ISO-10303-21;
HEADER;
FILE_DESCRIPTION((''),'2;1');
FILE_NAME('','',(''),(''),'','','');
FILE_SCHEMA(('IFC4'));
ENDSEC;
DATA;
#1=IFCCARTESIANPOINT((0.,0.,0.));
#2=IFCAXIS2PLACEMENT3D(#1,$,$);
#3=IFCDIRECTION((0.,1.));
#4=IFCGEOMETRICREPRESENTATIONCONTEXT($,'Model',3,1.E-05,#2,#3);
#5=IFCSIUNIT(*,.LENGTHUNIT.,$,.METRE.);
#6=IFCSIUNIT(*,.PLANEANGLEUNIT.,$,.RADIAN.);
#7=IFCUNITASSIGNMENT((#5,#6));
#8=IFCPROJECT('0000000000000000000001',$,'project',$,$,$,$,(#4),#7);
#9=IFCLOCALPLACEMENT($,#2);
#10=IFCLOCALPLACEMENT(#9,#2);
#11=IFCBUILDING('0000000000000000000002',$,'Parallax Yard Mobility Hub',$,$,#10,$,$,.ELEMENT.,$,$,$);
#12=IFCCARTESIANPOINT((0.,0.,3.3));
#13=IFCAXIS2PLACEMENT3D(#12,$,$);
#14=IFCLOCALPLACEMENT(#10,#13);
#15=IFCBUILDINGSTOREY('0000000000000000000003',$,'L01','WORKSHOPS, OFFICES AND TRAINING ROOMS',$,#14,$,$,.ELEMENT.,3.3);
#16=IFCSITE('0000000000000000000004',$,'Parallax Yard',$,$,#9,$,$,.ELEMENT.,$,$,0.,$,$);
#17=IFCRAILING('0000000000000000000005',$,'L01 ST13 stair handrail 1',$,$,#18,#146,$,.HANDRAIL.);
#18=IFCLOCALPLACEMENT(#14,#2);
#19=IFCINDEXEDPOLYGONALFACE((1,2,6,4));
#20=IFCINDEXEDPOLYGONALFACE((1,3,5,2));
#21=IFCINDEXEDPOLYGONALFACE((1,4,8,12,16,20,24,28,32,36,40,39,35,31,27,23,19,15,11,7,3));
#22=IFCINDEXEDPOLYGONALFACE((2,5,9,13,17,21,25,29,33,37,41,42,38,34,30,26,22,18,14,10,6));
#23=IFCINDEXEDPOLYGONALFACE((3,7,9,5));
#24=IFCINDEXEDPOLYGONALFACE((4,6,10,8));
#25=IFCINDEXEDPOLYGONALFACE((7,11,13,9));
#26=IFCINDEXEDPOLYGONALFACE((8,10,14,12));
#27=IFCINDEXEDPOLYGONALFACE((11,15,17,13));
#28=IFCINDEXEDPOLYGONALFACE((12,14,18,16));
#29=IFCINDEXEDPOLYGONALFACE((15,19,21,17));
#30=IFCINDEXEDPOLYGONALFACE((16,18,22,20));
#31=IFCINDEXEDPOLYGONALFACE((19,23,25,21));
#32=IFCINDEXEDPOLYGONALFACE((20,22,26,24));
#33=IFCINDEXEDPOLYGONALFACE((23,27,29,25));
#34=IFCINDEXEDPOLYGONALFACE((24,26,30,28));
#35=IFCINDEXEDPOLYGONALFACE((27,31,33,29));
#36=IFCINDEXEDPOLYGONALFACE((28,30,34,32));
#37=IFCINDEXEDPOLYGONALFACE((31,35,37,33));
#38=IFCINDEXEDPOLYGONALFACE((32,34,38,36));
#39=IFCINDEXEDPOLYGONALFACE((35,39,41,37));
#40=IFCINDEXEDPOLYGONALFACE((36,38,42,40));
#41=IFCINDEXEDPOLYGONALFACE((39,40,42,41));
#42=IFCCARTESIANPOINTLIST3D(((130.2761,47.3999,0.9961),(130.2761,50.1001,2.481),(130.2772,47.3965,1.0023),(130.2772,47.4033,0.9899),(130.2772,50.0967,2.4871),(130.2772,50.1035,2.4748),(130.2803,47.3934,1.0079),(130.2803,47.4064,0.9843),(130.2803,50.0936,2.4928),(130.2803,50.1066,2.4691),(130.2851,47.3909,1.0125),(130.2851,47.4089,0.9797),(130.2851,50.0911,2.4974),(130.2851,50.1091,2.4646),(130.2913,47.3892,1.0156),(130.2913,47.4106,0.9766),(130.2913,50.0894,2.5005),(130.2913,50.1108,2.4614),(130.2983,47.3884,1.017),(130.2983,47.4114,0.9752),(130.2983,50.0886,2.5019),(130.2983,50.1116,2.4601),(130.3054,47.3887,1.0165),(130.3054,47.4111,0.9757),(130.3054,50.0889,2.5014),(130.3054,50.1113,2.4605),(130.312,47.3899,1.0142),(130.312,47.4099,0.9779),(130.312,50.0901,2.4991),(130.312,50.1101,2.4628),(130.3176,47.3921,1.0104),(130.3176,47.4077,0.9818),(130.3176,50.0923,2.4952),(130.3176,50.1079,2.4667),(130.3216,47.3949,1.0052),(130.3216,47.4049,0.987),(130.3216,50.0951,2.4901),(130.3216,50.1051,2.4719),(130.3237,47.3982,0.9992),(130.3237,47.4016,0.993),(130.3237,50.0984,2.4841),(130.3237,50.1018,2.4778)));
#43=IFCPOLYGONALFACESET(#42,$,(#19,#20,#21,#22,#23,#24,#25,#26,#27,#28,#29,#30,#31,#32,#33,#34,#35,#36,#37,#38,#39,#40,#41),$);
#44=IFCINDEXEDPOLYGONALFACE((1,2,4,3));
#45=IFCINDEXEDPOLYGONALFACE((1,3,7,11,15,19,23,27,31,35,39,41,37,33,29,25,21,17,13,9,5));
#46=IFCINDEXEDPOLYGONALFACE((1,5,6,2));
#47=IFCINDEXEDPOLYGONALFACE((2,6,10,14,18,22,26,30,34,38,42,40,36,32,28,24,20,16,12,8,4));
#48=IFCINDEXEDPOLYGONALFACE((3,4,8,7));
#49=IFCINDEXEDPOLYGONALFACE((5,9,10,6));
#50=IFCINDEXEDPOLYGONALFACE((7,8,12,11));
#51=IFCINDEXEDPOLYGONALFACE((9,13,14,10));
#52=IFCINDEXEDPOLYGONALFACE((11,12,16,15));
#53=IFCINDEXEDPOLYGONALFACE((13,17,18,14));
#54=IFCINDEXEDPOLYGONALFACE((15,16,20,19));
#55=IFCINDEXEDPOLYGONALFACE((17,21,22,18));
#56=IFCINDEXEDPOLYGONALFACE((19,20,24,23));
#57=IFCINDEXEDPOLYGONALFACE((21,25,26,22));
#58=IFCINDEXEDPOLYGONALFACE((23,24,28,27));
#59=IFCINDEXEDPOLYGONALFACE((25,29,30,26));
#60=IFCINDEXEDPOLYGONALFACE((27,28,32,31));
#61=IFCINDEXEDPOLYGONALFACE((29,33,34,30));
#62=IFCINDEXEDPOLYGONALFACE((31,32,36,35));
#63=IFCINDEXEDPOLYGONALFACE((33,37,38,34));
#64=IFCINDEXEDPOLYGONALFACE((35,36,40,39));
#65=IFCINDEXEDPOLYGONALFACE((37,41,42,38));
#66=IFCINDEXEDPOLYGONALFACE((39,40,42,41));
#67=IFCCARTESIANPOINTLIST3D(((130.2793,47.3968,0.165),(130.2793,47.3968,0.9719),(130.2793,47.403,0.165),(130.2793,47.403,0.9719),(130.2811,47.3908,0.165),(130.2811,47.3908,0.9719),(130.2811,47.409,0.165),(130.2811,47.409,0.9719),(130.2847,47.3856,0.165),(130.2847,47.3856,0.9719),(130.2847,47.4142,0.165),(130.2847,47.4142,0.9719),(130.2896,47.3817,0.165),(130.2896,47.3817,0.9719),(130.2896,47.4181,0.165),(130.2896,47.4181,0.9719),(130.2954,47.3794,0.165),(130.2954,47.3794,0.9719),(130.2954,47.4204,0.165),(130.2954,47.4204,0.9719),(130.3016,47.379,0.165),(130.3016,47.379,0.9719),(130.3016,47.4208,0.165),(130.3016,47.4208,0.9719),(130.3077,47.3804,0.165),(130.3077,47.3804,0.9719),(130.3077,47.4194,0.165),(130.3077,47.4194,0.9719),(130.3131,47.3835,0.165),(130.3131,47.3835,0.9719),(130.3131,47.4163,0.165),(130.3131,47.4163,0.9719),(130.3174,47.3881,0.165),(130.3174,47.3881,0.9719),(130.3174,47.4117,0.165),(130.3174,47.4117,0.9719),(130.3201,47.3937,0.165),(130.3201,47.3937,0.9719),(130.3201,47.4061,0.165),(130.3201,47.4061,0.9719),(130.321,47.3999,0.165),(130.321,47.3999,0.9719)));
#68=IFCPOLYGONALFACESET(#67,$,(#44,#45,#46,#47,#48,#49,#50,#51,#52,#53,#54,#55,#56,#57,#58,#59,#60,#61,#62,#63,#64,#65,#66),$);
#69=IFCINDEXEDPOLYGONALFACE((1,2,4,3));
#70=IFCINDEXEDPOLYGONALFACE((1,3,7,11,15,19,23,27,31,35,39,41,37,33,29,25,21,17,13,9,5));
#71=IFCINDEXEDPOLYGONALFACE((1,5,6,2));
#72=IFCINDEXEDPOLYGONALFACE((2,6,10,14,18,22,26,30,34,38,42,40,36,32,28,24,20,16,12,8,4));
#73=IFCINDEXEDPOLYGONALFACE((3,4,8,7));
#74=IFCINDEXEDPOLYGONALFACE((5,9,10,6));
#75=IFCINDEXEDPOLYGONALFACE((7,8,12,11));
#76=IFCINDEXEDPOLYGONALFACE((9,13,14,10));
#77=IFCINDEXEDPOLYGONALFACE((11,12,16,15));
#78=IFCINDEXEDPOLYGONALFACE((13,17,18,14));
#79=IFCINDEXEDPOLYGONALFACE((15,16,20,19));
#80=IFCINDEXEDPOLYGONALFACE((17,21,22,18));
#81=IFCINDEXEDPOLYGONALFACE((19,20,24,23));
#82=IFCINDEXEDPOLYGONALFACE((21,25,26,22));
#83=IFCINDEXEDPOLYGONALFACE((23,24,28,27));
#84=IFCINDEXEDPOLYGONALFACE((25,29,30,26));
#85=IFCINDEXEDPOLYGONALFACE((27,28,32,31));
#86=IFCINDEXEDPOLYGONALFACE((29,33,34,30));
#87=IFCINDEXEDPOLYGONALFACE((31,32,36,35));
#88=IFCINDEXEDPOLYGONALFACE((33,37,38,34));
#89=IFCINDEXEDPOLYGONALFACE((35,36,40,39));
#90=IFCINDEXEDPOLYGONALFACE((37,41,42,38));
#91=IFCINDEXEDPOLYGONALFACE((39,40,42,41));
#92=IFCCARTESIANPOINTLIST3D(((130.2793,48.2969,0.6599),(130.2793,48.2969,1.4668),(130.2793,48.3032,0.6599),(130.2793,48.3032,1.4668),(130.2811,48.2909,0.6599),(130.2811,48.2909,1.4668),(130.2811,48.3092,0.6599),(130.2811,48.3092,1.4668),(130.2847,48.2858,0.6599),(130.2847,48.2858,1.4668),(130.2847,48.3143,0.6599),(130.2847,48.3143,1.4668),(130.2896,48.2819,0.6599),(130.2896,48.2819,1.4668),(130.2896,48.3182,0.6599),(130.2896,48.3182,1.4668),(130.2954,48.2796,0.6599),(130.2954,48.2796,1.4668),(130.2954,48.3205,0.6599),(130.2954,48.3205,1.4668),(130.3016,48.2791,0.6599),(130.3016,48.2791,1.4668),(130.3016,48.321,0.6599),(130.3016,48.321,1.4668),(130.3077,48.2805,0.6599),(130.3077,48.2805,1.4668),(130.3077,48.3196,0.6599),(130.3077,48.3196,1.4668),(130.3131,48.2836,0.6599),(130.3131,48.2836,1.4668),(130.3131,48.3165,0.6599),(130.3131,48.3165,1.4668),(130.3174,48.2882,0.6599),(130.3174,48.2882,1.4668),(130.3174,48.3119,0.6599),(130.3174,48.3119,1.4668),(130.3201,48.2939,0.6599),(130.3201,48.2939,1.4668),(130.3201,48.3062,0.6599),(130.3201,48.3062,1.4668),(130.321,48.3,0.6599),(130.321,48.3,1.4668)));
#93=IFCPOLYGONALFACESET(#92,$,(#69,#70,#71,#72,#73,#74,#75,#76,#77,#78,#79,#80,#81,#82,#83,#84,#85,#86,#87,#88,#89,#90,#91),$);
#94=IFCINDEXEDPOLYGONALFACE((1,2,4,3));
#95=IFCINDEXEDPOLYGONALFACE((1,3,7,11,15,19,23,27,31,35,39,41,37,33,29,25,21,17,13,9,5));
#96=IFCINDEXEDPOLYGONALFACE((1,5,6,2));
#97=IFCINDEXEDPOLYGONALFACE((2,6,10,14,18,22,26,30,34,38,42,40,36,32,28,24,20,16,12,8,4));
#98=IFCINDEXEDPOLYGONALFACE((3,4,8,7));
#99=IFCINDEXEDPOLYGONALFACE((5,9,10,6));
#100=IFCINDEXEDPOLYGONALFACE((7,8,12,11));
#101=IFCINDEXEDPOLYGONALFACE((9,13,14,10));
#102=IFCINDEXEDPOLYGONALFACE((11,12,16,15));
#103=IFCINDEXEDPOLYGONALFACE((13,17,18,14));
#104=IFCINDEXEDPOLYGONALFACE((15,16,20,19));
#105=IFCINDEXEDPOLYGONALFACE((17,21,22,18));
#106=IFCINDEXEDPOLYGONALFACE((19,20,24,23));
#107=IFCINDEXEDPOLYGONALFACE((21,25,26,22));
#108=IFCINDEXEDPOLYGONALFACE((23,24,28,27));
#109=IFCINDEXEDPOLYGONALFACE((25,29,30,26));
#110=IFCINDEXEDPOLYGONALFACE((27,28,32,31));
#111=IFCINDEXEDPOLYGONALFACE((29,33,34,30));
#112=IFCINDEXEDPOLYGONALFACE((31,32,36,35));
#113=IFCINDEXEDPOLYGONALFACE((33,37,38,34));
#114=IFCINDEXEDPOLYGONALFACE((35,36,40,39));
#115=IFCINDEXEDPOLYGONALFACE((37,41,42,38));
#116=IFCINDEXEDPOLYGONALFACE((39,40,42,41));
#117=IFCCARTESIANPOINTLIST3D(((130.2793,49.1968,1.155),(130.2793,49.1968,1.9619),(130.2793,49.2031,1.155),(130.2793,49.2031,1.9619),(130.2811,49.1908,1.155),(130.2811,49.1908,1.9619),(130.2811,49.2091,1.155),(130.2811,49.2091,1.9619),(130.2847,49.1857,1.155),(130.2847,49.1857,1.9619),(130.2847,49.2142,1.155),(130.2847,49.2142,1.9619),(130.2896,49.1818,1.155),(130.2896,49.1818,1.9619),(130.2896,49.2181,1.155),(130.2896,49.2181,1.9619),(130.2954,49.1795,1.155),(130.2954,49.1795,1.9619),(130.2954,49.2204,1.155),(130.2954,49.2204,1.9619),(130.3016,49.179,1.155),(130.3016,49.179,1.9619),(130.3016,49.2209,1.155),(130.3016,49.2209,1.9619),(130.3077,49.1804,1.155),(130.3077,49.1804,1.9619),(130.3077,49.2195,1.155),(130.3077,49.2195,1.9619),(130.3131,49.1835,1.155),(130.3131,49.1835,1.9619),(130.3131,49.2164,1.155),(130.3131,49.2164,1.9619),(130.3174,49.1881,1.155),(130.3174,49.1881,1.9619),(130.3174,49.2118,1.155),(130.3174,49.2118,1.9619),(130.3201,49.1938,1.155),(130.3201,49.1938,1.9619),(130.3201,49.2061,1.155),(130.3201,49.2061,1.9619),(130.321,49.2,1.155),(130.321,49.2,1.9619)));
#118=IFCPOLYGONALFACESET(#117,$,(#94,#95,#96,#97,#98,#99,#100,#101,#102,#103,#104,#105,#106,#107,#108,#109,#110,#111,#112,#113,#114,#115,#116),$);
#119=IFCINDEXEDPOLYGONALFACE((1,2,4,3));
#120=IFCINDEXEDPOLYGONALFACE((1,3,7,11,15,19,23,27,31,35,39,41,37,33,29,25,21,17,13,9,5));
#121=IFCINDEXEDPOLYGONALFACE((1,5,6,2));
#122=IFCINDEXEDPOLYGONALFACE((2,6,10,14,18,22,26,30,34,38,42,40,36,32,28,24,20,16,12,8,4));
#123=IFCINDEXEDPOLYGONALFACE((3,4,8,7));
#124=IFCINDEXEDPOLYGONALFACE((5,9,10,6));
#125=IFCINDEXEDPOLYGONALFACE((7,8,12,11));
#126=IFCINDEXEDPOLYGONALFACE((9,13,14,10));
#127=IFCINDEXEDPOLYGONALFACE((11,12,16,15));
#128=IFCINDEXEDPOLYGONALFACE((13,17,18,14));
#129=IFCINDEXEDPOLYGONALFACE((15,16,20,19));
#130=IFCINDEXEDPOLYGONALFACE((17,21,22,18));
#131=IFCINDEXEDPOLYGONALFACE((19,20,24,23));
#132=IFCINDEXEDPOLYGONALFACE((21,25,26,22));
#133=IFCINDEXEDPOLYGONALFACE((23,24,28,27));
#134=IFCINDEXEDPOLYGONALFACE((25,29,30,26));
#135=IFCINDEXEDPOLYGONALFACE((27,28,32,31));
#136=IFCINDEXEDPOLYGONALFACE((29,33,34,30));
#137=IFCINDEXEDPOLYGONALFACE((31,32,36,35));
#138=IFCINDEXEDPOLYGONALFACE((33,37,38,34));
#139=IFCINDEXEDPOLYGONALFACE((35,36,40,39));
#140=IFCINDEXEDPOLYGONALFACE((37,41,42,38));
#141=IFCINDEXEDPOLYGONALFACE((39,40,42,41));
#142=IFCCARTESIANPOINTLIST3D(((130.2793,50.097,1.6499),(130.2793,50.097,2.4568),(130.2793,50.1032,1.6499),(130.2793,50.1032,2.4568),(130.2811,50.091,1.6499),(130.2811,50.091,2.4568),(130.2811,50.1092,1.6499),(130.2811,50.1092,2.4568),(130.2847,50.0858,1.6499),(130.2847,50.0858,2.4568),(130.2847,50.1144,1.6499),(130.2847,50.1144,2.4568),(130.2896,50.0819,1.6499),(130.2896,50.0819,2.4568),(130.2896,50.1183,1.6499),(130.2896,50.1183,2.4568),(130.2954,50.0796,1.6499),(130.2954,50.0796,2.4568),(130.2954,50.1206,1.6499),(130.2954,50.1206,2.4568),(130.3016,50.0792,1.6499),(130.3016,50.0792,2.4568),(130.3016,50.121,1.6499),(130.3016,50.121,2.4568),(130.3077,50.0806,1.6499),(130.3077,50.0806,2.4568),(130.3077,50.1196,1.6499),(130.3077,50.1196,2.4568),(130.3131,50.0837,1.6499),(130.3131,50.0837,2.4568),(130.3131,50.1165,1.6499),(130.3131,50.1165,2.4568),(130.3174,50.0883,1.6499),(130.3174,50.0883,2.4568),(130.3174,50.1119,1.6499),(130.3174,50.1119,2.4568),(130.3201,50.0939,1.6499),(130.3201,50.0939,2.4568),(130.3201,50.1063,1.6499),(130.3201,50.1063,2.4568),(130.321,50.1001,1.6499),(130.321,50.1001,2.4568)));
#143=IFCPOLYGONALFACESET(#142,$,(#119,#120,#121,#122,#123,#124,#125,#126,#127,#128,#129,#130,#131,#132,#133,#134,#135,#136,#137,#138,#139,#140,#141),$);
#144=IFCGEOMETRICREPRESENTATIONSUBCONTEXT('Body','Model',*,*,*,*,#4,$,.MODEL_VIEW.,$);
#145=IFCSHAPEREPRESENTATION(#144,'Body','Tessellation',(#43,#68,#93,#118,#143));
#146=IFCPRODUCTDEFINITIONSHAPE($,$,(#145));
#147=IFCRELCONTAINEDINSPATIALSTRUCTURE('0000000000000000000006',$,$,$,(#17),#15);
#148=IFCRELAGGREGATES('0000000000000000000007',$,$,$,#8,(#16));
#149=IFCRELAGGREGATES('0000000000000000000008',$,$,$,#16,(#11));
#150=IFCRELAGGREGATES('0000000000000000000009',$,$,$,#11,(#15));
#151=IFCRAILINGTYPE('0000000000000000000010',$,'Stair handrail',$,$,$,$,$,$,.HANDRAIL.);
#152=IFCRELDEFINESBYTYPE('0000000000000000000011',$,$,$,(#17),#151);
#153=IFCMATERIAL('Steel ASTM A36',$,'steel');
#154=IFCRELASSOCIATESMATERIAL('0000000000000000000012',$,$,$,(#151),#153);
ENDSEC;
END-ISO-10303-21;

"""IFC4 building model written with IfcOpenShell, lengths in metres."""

from ifc_helpers import new_model, si_unit, direction, frame, origin, origin_2d, place, context, subcontext, project, spatial, circle, extrude, material, type_object, element, save


model = new_model("IFC4")

# Units and contexts
model_context = context("Model", 3, precision=1e-05, world=origin(), true_north=direction((0.0, 1.0)))
body_context = subcontext(model_context, "Body", "Model", "MODEL_VIEW")
ifc_project = project(units=[si_unit("LENGTHUNIT", "METRE"), si_unit("PLANEANGLEUNIT", "RADIAN")], contexts=[model_context])

# Site, building, storey
site_placement = place(None, origin())
site = spatial("IfcSite", under=ifc_project, at=site_placement, Name="Parallax Yard", CompositionType="ELEMENT", RefElevation=0.0)
building_placement = place(site_placement, origin())
building = spatial("IfcBuilding", under=site, at=building_placement, Name="Parallax Yard Mobility Hub", CompositionType="ELEMENT")
storey_placement = place(building_placement, frame((0.0, 0.0, 3.3)))
storey = spatial("IfcBuildingStorey", under=building, at=storey_placement, Name="L01", Description="WORKSHOPS, OFFICES AND TRAINING ROOMS", CompositionType="ELEMENT", Elevation=3.3)

# Railing
ifc_material_1 = material(Name="Steel ASTM A36", Category="steel")
railing_type_1 = type_object("IfcRailingType", Name="Stair handrail", PredefinedType="HANDRAIL", material=ifc_material_1)
railing_1_placement = place(storey_placement, frame((130.3, 47.3999, 0.165)))
element("IfcRailing", 1, at=railing_1_placement, inside=storey, type_object=railing_type_1, Name="L01 ST13 stair handrail 1", PredefinedType="HANDRAIL", context=body_context, shape_type="SweptSolid", body=[
    extrude(circle(Radius=0.0239, at=origin_2d()), frame((0.0, 0.0, 0.8311), z_axis=(0.0, 0.876249, 0.481858), x_axis=(-1.0, 0.0, 0.0)), (0.0, 0.0, 1.0), 3.0815),
    extrude(circle(Radius=0.021, at=origin_2d()), origin(), (0.0, 0.0, 1.0), 0.8069),
    extrude(circle(Radius=0.021, at=origin_2d()), frame((0.0, 0.9001, 0.4949)), (0.0, 0.0, 1.0), 0.8069),
    extrude(circle(Radius=0.021, at=origin_2d()), frame((0.0, 1.8, 0.99)), (0.0, 0.0, 1.0), 0.8069),
    extrude(circle(Radius=0.021, at=origin_2d()), frame((0.0, 2.7002, 1.4849)), (0.0, 0.0, 1.0), 0.8069),
])

save(model, "model.ifc")
